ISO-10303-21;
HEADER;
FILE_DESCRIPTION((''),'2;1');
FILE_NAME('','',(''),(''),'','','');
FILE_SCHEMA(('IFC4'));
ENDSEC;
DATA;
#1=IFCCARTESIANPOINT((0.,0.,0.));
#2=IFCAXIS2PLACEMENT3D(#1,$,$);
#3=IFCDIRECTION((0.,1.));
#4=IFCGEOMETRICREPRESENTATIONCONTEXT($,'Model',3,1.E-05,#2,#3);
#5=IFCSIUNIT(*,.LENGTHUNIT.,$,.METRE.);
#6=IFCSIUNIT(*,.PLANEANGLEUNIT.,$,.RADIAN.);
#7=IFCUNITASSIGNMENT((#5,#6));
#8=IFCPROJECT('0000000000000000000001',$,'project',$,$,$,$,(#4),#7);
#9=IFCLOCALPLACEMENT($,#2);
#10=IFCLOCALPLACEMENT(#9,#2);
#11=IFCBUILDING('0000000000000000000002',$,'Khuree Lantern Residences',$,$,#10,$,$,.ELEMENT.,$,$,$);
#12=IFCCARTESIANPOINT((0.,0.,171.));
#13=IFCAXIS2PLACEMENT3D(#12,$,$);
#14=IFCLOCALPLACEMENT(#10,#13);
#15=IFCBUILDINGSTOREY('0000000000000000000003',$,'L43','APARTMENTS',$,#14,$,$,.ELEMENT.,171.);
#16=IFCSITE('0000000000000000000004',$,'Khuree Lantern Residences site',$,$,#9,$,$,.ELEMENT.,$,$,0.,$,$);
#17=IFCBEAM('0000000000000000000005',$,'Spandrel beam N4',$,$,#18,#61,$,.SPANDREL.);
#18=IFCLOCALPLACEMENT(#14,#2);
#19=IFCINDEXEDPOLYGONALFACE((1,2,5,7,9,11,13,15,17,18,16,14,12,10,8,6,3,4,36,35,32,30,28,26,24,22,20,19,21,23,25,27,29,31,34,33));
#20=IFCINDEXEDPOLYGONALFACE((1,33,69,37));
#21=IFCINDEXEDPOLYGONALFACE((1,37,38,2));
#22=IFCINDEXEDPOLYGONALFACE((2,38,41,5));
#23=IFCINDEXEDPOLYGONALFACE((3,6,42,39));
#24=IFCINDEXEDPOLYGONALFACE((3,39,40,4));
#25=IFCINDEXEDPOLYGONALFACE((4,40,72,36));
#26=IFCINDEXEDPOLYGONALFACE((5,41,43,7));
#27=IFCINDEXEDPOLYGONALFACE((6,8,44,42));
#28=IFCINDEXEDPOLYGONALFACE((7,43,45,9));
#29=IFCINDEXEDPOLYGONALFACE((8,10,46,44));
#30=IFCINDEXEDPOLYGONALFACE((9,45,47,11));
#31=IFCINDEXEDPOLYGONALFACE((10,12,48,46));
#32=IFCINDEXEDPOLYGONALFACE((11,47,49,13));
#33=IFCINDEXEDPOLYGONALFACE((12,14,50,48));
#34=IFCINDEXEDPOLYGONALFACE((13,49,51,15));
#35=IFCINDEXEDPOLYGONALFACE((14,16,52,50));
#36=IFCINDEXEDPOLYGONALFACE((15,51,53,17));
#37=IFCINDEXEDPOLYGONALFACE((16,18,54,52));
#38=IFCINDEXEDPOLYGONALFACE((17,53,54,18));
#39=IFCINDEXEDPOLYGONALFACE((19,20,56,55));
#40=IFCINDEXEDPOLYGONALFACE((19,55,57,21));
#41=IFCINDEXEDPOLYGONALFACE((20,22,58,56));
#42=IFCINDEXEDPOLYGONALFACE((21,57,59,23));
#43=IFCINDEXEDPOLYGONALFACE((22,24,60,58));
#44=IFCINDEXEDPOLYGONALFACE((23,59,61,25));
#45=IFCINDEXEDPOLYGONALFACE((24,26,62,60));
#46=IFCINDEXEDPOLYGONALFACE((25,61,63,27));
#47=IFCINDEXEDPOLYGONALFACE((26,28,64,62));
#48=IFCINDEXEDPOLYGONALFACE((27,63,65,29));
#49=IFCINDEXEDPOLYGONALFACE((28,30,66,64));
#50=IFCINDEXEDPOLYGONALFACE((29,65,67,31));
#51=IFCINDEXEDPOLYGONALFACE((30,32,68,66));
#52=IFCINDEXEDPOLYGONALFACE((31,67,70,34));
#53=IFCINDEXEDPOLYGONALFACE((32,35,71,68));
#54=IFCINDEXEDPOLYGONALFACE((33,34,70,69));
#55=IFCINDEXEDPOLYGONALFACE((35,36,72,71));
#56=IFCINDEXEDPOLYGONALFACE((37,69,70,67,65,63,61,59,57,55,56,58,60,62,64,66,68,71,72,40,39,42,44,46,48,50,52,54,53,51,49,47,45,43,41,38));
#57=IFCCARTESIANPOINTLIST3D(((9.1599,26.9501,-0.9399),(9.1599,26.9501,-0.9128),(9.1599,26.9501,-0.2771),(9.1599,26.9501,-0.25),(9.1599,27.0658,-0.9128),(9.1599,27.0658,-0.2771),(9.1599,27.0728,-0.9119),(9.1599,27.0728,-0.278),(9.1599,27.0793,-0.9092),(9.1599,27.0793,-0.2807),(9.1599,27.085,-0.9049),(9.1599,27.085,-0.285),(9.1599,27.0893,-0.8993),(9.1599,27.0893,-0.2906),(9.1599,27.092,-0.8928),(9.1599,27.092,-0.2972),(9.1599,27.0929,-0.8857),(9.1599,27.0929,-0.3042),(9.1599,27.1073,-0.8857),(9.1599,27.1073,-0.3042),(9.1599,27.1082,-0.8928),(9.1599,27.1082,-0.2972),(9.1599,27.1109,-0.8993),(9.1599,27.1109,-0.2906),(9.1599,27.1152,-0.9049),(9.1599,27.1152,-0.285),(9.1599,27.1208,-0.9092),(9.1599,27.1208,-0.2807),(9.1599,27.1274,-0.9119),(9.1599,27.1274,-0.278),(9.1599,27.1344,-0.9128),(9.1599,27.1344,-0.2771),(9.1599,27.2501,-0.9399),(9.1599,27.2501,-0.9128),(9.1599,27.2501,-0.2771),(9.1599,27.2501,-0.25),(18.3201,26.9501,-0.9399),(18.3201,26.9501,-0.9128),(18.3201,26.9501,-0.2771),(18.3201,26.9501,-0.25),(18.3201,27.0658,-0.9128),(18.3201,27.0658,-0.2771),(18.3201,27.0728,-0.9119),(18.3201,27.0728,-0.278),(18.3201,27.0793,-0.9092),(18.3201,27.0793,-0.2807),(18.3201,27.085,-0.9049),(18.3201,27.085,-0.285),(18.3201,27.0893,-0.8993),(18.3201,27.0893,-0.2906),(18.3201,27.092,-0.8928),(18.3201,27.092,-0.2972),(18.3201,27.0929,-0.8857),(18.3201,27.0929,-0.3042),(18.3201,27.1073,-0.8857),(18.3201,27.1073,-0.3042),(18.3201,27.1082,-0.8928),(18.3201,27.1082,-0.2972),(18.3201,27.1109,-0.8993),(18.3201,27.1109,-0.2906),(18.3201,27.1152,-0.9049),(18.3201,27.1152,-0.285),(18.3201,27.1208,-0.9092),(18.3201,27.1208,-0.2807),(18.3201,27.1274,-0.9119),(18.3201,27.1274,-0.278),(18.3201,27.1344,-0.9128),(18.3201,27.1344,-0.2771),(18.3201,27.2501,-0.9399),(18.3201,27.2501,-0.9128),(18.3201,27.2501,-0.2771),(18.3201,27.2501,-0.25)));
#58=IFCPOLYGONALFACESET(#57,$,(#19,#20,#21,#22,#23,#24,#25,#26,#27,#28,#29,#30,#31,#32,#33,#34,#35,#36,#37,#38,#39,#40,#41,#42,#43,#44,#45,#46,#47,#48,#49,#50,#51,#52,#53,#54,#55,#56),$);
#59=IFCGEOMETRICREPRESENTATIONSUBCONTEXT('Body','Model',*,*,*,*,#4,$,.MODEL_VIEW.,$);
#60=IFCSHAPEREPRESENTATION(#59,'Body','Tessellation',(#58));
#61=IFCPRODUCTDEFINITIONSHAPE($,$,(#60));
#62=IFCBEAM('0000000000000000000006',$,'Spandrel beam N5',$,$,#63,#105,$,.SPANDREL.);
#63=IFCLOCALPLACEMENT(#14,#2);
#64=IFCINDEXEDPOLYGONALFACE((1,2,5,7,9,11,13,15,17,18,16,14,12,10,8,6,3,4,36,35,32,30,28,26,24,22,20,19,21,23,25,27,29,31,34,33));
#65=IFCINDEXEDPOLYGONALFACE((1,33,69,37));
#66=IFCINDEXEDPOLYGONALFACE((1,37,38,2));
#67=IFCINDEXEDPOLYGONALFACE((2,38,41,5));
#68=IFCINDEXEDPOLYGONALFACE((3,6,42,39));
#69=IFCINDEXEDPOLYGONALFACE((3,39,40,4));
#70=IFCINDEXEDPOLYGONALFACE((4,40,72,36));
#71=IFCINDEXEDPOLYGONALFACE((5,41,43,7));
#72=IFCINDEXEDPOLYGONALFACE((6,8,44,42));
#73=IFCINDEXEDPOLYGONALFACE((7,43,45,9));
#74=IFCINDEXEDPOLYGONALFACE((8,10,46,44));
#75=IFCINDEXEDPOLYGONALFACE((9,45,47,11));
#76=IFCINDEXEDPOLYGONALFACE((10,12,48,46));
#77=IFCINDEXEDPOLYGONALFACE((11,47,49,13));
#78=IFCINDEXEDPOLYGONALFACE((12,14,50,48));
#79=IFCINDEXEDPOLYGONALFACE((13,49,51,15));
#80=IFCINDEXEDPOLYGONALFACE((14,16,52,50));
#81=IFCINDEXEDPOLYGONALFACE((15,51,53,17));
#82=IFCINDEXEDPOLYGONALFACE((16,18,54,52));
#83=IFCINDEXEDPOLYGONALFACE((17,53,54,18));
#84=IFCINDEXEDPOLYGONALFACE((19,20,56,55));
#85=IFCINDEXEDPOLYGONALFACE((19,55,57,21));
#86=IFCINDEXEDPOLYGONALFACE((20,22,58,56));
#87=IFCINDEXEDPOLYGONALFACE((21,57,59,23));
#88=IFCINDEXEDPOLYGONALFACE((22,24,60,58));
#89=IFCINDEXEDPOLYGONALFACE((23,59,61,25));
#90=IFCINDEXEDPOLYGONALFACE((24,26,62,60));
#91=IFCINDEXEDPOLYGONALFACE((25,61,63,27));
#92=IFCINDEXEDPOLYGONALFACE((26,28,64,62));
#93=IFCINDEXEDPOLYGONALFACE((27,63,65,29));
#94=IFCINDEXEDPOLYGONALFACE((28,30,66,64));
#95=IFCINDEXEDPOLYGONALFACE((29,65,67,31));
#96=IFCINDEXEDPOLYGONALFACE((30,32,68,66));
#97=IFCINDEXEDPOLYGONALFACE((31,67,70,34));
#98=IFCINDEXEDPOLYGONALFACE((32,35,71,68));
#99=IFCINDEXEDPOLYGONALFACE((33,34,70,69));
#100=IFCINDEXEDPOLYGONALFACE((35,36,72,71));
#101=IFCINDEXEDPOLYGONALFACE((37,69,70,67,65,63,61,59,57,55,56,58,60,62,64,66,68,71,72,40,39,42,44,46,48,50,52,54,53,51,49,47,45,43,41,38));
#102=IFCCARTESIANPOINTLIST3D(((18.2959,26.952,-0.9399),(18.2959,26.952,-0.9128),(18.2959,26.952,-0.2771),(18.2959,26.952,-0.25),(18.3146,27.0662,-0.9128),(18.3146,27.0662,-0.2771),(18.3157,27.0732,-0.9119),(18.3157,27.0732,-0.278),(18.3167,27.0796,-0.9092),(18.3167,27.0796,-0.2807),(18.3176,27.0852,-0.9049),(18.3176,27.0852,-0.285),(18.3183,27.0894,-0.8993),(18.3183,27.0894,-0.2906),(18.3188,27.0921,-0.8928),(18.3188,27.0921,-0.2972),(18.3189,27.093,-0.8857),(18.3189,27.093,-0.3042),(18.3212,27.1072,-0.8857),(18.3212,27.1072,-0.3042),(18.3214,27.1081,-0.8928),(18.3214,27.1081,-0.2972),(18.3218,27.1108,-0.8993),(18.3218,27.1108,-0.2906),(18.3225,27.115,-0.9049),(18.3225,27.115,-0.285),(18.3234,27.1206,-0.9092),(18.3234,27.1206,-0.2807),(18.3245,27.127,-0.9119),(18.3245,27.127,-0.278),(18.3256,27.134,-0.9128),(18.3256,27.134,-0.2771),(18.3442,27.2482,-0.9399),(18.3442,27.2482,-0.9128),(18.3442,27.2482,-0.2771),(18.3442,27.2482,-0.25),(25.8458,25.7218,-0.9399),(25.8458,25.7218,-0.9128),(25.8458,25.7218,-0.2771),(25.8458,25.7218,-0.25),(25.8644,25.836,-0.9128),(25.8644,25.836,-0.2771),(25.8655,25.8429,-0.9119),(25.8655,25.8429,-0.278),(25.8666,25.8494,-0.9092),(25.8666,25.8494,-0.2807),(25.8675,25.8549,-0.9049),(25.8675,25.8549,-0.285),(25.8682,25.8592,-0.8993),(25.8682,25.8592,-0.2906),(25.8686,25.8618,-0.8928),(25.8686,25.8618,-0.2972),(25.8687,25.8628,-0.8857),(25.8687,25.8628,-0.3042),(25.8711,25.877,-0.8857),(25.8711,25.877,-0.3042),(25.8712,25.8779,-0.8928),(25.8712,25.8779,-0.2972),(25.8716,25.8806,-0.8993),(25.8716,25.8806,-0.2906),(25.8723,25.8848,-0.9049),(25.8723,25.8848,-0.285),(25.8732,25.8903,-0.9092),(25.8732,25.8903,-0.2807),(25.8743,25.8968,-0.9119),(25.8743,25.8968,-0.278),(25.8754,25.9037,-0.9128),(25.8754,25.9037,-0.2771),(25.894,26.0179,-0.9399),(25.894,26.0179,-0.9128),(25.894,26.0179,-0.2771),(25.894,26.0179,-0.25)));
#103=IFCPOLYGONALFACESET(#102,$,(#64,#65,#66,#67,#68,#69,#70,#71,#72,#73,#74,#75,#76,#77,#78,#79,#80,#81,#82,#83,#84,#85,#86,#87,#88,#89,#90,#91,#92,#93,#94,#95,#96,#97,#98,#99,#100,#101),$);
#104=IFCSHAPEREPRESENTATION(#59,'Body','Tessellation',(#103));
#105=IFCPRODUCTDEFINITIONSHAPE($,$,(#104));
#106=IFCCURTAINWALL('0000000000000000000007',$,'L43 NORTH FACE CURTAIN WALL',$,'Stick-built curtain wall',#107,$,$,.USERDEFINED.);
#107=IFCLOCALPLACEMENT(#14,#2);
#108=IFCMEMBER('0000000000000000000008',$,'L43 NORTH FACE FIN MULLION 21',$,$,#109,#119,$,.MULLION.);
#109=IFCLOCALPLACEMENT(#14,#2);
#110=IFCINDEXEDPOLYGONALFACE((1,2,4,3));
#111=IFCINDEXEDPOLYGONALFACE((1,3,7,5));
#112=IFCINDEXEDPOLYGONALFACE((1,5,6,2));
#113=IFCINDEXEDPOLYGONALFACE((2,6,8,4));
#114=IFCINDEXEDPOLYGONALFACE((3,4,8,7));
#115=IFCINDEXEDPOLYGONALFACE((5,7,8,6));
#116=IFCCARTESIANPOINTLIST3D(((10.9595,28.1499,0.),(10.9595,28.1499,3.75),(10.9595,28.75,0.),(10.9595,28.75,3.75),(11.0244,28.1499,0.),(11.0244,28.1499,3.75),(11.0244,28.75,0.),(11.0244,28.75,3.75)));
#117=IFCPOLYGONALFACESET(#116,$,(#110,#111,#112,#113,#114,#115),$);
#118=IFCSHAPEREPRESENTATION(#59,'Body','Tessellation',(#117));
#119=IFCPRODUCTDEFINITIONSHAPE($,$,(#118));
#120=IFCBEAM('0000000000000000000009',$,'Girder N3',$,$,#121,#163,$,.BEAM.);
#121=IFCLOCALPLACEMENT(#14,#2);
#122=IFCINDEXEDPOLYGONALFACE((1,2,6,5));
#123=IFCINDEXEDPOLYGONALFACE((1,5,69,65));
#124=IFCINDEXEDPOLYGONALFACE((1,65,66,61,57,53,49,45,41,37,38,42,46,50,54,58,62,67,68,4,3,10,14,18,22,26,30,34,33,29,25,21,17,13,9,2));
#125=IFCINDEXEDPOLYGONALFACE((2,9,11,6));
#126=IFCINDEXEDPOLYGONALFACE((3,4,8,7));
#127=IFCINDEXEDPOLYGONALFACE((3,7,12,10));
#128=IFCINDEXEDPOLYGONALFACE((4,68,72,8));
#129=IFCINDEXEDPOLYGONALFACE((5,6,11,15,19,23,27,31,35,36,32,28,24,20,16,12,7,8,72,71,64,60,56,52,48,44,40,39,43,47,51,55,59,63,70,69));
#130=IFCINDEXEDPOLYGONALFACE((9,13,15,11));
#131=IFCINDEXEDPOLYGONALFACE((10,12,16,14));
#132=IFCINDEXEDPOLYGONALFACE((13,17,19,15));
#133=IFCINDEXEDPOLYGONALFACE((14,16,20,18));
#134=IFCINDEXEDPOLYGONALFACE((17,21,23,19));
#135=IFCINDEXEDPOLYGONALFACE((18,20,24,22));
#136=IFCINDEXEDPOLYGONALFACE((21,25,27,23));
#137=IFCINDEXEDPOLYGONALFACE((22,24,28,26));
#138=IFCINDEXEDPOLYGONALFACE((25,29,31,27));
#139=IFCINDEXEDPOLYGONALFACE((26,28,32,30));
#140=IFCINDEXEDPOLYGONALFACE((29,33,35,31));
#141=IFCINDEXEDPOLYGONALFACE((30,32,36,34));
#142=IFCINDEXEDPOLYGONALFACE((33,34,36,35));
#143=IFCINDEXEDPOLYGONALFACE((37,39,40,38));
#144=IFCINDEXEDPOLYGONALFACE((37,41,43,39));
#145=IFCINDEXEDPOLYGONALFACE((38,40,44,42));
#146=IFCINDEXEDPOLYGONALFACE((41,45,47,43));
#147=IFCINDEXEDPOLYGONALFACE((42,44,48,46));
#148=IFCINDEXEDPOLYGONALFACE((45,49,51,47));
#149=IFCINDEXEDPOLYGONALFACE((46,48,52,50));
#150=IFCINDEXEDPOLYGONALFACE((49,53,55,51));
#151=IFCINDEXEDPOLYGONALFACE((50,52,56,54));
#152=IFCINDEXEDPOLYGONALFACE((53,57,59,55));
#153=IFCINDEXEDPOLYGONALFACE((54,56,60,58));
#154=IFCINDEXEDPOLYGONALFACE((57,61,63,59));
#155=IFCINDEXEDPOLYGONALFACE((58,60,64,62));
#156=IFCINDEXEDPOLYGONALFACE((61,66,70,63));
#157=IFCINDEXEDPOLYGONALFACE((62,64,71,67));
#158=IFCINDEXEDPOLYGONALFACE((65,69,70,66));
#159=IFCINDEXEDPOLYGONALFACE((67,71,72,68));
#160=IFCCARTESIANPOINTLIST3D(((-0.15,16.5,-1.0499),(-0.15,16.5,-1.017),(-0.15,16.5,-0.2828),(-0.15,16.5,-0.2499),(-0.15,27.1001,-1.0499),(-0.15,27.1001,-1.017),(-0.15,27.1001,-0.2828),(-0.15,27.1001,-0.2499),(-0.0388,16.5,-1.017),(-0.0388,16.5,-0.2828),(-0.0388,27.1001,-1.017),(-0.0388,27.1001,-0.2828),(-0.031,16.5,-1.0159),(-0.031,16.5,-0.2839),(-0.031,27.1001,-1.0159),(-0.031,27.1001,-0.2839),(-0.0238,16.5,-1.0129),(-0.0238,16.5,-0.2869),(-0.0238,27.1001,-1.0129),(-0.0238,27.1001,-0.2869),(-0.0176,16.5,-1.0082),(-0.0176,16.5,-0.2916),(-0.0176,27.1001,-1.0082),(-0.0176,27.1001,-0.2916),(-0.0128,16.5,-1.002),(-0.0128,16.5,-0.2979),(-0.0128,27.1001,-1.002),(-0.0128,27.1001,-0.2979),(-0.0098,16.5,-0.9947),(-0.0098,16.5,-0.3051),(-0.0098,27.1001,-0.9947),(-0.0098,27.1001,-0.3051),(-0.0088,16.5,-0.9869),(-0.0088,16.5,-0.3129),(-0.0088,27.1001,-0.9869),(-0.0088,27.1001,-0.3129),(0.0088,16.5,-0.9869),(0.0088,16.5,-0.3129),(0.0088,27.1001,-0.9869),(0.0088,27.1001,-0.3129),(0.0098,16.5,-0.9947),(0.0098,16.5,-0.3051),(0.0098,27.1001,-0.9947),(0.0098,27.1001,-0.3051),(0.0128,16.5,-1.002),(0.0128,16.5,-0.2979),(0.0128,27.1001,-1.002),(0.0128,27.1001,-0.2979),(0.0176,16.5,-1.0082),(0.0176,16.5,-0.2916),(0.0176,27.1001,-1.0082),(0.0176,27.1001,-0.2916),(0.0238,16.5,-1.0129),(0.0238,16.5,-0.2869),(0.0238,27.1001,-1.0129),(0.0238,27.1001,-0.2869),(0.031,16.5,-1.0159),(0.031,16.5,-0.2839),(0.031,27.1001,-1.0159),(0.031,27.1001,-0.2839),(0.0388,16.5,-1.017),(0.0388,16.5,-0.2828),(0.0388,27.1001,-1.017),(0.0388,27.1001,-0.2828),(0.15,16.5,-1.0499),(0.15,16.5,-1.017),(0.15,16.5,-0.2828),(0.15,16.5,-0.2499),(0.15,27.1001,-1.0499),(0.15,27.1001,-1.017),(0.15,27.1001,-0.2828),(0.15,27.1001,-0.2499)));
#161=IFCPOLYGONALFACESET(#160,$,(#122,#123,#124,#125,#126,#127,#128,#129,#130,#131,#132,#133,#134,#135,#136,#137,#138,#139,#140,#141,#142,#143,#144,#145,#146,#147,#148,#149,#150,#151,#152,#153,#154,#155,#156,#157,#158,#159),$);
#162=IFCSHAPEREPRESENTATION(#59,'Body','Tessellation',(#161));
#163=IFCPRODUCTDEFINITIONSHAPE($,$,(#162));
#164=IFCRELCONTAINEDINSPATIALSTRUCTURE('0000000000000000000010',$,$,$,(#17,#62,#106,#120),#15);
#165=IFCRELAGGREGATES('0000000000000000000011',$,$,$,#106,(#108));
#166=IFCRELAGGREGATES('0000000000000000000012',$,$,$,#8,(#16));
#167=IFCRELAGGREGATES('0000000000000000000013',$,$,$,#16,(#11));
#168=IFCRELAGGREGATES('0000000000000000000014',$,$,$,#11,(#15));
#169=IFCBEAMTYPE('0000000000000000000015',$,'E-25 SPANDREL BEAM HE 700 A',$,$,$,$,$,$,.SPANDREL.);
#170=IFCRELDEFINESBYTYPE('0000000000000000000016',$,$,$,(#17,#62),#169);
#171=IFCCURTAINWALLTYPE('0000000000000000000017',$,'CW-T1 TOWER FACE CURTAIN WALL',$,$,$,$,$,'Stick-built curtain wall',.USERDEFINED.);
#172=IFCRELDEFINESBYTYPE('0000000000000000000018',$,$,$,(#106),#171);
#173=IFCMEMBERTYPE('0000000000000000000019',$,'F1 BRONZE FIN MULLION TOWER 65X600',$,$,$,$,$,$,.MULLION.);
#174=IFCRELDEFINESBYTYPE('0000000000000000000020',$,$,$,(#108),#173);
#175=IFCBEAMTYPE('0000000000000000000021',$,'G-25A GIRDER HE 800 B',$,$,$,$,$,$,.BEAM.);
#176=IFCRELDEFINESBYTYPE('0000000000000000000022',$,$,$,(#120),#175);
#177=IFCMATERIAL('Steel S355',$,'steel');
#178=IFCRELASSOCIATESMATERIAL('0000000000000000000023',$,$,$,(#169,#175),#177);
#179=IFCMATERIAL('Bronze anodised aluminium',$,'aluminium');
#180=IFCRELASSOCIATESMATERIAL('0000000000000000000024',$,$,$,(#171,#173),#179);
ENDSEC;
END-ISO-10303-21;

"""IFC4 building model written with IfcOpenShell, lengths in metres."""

from ifc_helpers import new_model, si_unit, direction, frame, origin, origin_2d, place, context, subcontext, project, spatial, rectangle, i_section, extrude, material, material_profile, profile_set, type_object, element, aggregate, save


model = new_model("IFC4")

# Units and contexts
model_context = context("Model", 3, precision=1e-05, world=origin(), true_north=direction((0.0, 1.0)))
body_context = subcontext(model_context, "Body", "Model", "MODEL_VIEW")
ifc_project = project(units=[si_unit("LENGTHUNIT", "METRE"), si_unit("PLANEANGLEUNIT", "RADIAN")], contexts=[model_context])

# Site, building, storey
site_placement = place(None, origin())
site = spatial("IfcSite", under=ifc_project, at=site_placement, Name="Khuree Lantern Residences site", CompositionType="ELEMENT", RefElevation=0.0)
building_placement = place(site_placement, origin())
building = spatial("IfcBuilding", under=site, at=building_placement, Name="Khuree Lantern Residences", CompositionType="ELEMENT")
storey_placement = place(building_placement, frame((0.0, 0.0, 171.0)))
storey = spatial("IfcBuildingStorey", under=building, at=storey_placement, Name="L43", Description="APARTMENTS", CompositionType="ELEMENT", Elevation=171.0)

# Beams
ifc_material_1 = material(Name="Steel S355", Category="steel")
ifc_material_profile_1 = material_profile(ifc_material_1, i_section(OverallWidth=0.3, OverallDepth=0.6899, WebThickness=0.0144, FlangeThickness=0.0271, FilletRadius=0.0271, at=origin_2d()), Name="HE 700 A")
ifc_profile_set_1 = profile_set([ifc_material_profile_1], Name="Steel S355")
beam_type_1 = type_object("IfcBeamType", Name="E-25 SPANDREL BEAM HE 700 A", PredefinedType="SPANDREL", material=ifc_profile_set_1)
beam_1_placement = place(storey_placement, frame((9.1599, 27.1001, -0.595), z_axis=(1.0, 0.0, 0.0), x_axis=(0.0, 1.0, 0.0)))
element("IfcBeam", 1, at=beam_1_placement, inside=storey, type_object=beam_type_1, Name="Spandrel beam N4", PredefinedType="SPANDREL", context=body_context, shape_type="SweptSolid", body=[
    extrude(i_section(OverallWidth=0.3, OverallDepth=0.6899, WebThickness=0.0144, FlangeThickness=0.0271, FilletRadius=0.0271, at=origin_2d()), origin(), (0.0, 0.0, 1.0), 9.1602),
])
beam_2_placement = place(storey_placement, frame((18.3201, 27.1001, -0.595), z_axis=(0.986983, -0.160827, 0.0), x_axis=(0.160827, 0.986983, 0.0)))
element("IfcBeam", 2, at=beam_2_placement, inside=storey, type_object=beam_type_1, Name="Spandrel beam N5", PredefinedType="SPANDREL", context=body_context, shape_type="SweptSolid", body=[
    extrude(i_section(OverallWidth=0.3, OverallDepth=0.6899, WebThickness=0.0144, FlangeThickness=0.0271, FilletRadius=0.0271, at=origin_2d()), origin(), (0.0, 0.0, 1.0), 7.6494),
])

# Curtain wall, member
ifc_material_2 = material(Name="Bronze anodised aluminium", Category="aluminium")
curtain_wall_type = type_object("IfcCurtainWallType", Name="CW-T1 TOWER FACE CURTAIN WALL", ElementType="Stick-built curtain wall", PredefinedType="USERDEFINED", material=ifc_material_2)
curtain_wall_placement = place(storey_placement, origin())
curtain_wall = element("IfcCurtainWall", 3, at=curtain_wall_placement, inside=storey, type_object=curtain_wall_type, Name="L43 NORTH FACE CURTAIN WALL", ObjectType="Stick-built curtain wall", PredefinedType="USERDEFINED")
ifc_material_profile_2 = material_profile(ifc_material_2, rectangle(XDim=0.0649, YDim=0.6001, at=origin_2d()), Name="F1 65X600")
ifc_profile_set_2 = profile_set([ifc_material_profile_2], Name="Bronze anodised aluminium")
member_type_1 = type_object("IfcMemberType", Name="F1 BRONZE FIN MULLION TOWER 65X600", PredefinedType="MULLION", material=ifc_profile_set_2)
member_1_placement = place(storey_placement, frame((10.9919, 28.45, 0.0), z_axis=(0.0, 0.0, 1.0), x_axis=(-1.0, 0.0, 0.0)))
member_1 = element("IfcMember", 4, at=member_1_placement, type_object=member_type_1, Name="L43 NORTH FACE FIN MULLION 21", PredefinedType="MULLION", context=body_context, shape_type="SweptSolid", body=[
    extrude(rectangle(XDim=0.0649, YDim=0.6001, at=origin_2d()), origin(), (0.0, 0.0, 1.0), 3.75),
])

# Beam
ifc_material_profile_3 = material_profile(ifc_material_1, i_section(OverallWidth=0.3, OverallDepth=0.8, WebThickness=0.0176, FlangeThickness=0.033, FilletRadius=0.03, at=origin_2d()), Name="HE 800 B")
ifc_profile_set_3 = profile_set([ifc_material_profile_3], Name="Steel S355")
beam_type_2 = type_object("IfcBeamType", Name="G-25A GIRDER HE 800 B", PredefinedType="BEAM", material=ifc_profile_set_3)
for number, where, z_axis, x_axis, name in (
    (5, (0.0, 27.1001, -0.6499), (0.0, -1.0, 0.0), (1.0, 0.0, 0.0), "Girder N3"),
):
    element("IfcBeam", number, at=place(storey_placement, frame(where, z_axis=z_axis, x_axis=x_axis)), inside=storey, type_object=beam_type_2, Name=name, PredefinedType="BEAM", context=body_context, shape_type="SweptSolid", body=[
        extrude(i_section(OverallWidth=0.3, OverallDepth=0.8, WebThickness=0.0176, FlangeThickness=0.033, FilletRadius=0.03, at=origin_2d()), origin(), (0.0, 0.0, 1.0), 10.6001),
    ])

aggregate(curtain_wall, [member_1])

save(model, "model.ifc")
